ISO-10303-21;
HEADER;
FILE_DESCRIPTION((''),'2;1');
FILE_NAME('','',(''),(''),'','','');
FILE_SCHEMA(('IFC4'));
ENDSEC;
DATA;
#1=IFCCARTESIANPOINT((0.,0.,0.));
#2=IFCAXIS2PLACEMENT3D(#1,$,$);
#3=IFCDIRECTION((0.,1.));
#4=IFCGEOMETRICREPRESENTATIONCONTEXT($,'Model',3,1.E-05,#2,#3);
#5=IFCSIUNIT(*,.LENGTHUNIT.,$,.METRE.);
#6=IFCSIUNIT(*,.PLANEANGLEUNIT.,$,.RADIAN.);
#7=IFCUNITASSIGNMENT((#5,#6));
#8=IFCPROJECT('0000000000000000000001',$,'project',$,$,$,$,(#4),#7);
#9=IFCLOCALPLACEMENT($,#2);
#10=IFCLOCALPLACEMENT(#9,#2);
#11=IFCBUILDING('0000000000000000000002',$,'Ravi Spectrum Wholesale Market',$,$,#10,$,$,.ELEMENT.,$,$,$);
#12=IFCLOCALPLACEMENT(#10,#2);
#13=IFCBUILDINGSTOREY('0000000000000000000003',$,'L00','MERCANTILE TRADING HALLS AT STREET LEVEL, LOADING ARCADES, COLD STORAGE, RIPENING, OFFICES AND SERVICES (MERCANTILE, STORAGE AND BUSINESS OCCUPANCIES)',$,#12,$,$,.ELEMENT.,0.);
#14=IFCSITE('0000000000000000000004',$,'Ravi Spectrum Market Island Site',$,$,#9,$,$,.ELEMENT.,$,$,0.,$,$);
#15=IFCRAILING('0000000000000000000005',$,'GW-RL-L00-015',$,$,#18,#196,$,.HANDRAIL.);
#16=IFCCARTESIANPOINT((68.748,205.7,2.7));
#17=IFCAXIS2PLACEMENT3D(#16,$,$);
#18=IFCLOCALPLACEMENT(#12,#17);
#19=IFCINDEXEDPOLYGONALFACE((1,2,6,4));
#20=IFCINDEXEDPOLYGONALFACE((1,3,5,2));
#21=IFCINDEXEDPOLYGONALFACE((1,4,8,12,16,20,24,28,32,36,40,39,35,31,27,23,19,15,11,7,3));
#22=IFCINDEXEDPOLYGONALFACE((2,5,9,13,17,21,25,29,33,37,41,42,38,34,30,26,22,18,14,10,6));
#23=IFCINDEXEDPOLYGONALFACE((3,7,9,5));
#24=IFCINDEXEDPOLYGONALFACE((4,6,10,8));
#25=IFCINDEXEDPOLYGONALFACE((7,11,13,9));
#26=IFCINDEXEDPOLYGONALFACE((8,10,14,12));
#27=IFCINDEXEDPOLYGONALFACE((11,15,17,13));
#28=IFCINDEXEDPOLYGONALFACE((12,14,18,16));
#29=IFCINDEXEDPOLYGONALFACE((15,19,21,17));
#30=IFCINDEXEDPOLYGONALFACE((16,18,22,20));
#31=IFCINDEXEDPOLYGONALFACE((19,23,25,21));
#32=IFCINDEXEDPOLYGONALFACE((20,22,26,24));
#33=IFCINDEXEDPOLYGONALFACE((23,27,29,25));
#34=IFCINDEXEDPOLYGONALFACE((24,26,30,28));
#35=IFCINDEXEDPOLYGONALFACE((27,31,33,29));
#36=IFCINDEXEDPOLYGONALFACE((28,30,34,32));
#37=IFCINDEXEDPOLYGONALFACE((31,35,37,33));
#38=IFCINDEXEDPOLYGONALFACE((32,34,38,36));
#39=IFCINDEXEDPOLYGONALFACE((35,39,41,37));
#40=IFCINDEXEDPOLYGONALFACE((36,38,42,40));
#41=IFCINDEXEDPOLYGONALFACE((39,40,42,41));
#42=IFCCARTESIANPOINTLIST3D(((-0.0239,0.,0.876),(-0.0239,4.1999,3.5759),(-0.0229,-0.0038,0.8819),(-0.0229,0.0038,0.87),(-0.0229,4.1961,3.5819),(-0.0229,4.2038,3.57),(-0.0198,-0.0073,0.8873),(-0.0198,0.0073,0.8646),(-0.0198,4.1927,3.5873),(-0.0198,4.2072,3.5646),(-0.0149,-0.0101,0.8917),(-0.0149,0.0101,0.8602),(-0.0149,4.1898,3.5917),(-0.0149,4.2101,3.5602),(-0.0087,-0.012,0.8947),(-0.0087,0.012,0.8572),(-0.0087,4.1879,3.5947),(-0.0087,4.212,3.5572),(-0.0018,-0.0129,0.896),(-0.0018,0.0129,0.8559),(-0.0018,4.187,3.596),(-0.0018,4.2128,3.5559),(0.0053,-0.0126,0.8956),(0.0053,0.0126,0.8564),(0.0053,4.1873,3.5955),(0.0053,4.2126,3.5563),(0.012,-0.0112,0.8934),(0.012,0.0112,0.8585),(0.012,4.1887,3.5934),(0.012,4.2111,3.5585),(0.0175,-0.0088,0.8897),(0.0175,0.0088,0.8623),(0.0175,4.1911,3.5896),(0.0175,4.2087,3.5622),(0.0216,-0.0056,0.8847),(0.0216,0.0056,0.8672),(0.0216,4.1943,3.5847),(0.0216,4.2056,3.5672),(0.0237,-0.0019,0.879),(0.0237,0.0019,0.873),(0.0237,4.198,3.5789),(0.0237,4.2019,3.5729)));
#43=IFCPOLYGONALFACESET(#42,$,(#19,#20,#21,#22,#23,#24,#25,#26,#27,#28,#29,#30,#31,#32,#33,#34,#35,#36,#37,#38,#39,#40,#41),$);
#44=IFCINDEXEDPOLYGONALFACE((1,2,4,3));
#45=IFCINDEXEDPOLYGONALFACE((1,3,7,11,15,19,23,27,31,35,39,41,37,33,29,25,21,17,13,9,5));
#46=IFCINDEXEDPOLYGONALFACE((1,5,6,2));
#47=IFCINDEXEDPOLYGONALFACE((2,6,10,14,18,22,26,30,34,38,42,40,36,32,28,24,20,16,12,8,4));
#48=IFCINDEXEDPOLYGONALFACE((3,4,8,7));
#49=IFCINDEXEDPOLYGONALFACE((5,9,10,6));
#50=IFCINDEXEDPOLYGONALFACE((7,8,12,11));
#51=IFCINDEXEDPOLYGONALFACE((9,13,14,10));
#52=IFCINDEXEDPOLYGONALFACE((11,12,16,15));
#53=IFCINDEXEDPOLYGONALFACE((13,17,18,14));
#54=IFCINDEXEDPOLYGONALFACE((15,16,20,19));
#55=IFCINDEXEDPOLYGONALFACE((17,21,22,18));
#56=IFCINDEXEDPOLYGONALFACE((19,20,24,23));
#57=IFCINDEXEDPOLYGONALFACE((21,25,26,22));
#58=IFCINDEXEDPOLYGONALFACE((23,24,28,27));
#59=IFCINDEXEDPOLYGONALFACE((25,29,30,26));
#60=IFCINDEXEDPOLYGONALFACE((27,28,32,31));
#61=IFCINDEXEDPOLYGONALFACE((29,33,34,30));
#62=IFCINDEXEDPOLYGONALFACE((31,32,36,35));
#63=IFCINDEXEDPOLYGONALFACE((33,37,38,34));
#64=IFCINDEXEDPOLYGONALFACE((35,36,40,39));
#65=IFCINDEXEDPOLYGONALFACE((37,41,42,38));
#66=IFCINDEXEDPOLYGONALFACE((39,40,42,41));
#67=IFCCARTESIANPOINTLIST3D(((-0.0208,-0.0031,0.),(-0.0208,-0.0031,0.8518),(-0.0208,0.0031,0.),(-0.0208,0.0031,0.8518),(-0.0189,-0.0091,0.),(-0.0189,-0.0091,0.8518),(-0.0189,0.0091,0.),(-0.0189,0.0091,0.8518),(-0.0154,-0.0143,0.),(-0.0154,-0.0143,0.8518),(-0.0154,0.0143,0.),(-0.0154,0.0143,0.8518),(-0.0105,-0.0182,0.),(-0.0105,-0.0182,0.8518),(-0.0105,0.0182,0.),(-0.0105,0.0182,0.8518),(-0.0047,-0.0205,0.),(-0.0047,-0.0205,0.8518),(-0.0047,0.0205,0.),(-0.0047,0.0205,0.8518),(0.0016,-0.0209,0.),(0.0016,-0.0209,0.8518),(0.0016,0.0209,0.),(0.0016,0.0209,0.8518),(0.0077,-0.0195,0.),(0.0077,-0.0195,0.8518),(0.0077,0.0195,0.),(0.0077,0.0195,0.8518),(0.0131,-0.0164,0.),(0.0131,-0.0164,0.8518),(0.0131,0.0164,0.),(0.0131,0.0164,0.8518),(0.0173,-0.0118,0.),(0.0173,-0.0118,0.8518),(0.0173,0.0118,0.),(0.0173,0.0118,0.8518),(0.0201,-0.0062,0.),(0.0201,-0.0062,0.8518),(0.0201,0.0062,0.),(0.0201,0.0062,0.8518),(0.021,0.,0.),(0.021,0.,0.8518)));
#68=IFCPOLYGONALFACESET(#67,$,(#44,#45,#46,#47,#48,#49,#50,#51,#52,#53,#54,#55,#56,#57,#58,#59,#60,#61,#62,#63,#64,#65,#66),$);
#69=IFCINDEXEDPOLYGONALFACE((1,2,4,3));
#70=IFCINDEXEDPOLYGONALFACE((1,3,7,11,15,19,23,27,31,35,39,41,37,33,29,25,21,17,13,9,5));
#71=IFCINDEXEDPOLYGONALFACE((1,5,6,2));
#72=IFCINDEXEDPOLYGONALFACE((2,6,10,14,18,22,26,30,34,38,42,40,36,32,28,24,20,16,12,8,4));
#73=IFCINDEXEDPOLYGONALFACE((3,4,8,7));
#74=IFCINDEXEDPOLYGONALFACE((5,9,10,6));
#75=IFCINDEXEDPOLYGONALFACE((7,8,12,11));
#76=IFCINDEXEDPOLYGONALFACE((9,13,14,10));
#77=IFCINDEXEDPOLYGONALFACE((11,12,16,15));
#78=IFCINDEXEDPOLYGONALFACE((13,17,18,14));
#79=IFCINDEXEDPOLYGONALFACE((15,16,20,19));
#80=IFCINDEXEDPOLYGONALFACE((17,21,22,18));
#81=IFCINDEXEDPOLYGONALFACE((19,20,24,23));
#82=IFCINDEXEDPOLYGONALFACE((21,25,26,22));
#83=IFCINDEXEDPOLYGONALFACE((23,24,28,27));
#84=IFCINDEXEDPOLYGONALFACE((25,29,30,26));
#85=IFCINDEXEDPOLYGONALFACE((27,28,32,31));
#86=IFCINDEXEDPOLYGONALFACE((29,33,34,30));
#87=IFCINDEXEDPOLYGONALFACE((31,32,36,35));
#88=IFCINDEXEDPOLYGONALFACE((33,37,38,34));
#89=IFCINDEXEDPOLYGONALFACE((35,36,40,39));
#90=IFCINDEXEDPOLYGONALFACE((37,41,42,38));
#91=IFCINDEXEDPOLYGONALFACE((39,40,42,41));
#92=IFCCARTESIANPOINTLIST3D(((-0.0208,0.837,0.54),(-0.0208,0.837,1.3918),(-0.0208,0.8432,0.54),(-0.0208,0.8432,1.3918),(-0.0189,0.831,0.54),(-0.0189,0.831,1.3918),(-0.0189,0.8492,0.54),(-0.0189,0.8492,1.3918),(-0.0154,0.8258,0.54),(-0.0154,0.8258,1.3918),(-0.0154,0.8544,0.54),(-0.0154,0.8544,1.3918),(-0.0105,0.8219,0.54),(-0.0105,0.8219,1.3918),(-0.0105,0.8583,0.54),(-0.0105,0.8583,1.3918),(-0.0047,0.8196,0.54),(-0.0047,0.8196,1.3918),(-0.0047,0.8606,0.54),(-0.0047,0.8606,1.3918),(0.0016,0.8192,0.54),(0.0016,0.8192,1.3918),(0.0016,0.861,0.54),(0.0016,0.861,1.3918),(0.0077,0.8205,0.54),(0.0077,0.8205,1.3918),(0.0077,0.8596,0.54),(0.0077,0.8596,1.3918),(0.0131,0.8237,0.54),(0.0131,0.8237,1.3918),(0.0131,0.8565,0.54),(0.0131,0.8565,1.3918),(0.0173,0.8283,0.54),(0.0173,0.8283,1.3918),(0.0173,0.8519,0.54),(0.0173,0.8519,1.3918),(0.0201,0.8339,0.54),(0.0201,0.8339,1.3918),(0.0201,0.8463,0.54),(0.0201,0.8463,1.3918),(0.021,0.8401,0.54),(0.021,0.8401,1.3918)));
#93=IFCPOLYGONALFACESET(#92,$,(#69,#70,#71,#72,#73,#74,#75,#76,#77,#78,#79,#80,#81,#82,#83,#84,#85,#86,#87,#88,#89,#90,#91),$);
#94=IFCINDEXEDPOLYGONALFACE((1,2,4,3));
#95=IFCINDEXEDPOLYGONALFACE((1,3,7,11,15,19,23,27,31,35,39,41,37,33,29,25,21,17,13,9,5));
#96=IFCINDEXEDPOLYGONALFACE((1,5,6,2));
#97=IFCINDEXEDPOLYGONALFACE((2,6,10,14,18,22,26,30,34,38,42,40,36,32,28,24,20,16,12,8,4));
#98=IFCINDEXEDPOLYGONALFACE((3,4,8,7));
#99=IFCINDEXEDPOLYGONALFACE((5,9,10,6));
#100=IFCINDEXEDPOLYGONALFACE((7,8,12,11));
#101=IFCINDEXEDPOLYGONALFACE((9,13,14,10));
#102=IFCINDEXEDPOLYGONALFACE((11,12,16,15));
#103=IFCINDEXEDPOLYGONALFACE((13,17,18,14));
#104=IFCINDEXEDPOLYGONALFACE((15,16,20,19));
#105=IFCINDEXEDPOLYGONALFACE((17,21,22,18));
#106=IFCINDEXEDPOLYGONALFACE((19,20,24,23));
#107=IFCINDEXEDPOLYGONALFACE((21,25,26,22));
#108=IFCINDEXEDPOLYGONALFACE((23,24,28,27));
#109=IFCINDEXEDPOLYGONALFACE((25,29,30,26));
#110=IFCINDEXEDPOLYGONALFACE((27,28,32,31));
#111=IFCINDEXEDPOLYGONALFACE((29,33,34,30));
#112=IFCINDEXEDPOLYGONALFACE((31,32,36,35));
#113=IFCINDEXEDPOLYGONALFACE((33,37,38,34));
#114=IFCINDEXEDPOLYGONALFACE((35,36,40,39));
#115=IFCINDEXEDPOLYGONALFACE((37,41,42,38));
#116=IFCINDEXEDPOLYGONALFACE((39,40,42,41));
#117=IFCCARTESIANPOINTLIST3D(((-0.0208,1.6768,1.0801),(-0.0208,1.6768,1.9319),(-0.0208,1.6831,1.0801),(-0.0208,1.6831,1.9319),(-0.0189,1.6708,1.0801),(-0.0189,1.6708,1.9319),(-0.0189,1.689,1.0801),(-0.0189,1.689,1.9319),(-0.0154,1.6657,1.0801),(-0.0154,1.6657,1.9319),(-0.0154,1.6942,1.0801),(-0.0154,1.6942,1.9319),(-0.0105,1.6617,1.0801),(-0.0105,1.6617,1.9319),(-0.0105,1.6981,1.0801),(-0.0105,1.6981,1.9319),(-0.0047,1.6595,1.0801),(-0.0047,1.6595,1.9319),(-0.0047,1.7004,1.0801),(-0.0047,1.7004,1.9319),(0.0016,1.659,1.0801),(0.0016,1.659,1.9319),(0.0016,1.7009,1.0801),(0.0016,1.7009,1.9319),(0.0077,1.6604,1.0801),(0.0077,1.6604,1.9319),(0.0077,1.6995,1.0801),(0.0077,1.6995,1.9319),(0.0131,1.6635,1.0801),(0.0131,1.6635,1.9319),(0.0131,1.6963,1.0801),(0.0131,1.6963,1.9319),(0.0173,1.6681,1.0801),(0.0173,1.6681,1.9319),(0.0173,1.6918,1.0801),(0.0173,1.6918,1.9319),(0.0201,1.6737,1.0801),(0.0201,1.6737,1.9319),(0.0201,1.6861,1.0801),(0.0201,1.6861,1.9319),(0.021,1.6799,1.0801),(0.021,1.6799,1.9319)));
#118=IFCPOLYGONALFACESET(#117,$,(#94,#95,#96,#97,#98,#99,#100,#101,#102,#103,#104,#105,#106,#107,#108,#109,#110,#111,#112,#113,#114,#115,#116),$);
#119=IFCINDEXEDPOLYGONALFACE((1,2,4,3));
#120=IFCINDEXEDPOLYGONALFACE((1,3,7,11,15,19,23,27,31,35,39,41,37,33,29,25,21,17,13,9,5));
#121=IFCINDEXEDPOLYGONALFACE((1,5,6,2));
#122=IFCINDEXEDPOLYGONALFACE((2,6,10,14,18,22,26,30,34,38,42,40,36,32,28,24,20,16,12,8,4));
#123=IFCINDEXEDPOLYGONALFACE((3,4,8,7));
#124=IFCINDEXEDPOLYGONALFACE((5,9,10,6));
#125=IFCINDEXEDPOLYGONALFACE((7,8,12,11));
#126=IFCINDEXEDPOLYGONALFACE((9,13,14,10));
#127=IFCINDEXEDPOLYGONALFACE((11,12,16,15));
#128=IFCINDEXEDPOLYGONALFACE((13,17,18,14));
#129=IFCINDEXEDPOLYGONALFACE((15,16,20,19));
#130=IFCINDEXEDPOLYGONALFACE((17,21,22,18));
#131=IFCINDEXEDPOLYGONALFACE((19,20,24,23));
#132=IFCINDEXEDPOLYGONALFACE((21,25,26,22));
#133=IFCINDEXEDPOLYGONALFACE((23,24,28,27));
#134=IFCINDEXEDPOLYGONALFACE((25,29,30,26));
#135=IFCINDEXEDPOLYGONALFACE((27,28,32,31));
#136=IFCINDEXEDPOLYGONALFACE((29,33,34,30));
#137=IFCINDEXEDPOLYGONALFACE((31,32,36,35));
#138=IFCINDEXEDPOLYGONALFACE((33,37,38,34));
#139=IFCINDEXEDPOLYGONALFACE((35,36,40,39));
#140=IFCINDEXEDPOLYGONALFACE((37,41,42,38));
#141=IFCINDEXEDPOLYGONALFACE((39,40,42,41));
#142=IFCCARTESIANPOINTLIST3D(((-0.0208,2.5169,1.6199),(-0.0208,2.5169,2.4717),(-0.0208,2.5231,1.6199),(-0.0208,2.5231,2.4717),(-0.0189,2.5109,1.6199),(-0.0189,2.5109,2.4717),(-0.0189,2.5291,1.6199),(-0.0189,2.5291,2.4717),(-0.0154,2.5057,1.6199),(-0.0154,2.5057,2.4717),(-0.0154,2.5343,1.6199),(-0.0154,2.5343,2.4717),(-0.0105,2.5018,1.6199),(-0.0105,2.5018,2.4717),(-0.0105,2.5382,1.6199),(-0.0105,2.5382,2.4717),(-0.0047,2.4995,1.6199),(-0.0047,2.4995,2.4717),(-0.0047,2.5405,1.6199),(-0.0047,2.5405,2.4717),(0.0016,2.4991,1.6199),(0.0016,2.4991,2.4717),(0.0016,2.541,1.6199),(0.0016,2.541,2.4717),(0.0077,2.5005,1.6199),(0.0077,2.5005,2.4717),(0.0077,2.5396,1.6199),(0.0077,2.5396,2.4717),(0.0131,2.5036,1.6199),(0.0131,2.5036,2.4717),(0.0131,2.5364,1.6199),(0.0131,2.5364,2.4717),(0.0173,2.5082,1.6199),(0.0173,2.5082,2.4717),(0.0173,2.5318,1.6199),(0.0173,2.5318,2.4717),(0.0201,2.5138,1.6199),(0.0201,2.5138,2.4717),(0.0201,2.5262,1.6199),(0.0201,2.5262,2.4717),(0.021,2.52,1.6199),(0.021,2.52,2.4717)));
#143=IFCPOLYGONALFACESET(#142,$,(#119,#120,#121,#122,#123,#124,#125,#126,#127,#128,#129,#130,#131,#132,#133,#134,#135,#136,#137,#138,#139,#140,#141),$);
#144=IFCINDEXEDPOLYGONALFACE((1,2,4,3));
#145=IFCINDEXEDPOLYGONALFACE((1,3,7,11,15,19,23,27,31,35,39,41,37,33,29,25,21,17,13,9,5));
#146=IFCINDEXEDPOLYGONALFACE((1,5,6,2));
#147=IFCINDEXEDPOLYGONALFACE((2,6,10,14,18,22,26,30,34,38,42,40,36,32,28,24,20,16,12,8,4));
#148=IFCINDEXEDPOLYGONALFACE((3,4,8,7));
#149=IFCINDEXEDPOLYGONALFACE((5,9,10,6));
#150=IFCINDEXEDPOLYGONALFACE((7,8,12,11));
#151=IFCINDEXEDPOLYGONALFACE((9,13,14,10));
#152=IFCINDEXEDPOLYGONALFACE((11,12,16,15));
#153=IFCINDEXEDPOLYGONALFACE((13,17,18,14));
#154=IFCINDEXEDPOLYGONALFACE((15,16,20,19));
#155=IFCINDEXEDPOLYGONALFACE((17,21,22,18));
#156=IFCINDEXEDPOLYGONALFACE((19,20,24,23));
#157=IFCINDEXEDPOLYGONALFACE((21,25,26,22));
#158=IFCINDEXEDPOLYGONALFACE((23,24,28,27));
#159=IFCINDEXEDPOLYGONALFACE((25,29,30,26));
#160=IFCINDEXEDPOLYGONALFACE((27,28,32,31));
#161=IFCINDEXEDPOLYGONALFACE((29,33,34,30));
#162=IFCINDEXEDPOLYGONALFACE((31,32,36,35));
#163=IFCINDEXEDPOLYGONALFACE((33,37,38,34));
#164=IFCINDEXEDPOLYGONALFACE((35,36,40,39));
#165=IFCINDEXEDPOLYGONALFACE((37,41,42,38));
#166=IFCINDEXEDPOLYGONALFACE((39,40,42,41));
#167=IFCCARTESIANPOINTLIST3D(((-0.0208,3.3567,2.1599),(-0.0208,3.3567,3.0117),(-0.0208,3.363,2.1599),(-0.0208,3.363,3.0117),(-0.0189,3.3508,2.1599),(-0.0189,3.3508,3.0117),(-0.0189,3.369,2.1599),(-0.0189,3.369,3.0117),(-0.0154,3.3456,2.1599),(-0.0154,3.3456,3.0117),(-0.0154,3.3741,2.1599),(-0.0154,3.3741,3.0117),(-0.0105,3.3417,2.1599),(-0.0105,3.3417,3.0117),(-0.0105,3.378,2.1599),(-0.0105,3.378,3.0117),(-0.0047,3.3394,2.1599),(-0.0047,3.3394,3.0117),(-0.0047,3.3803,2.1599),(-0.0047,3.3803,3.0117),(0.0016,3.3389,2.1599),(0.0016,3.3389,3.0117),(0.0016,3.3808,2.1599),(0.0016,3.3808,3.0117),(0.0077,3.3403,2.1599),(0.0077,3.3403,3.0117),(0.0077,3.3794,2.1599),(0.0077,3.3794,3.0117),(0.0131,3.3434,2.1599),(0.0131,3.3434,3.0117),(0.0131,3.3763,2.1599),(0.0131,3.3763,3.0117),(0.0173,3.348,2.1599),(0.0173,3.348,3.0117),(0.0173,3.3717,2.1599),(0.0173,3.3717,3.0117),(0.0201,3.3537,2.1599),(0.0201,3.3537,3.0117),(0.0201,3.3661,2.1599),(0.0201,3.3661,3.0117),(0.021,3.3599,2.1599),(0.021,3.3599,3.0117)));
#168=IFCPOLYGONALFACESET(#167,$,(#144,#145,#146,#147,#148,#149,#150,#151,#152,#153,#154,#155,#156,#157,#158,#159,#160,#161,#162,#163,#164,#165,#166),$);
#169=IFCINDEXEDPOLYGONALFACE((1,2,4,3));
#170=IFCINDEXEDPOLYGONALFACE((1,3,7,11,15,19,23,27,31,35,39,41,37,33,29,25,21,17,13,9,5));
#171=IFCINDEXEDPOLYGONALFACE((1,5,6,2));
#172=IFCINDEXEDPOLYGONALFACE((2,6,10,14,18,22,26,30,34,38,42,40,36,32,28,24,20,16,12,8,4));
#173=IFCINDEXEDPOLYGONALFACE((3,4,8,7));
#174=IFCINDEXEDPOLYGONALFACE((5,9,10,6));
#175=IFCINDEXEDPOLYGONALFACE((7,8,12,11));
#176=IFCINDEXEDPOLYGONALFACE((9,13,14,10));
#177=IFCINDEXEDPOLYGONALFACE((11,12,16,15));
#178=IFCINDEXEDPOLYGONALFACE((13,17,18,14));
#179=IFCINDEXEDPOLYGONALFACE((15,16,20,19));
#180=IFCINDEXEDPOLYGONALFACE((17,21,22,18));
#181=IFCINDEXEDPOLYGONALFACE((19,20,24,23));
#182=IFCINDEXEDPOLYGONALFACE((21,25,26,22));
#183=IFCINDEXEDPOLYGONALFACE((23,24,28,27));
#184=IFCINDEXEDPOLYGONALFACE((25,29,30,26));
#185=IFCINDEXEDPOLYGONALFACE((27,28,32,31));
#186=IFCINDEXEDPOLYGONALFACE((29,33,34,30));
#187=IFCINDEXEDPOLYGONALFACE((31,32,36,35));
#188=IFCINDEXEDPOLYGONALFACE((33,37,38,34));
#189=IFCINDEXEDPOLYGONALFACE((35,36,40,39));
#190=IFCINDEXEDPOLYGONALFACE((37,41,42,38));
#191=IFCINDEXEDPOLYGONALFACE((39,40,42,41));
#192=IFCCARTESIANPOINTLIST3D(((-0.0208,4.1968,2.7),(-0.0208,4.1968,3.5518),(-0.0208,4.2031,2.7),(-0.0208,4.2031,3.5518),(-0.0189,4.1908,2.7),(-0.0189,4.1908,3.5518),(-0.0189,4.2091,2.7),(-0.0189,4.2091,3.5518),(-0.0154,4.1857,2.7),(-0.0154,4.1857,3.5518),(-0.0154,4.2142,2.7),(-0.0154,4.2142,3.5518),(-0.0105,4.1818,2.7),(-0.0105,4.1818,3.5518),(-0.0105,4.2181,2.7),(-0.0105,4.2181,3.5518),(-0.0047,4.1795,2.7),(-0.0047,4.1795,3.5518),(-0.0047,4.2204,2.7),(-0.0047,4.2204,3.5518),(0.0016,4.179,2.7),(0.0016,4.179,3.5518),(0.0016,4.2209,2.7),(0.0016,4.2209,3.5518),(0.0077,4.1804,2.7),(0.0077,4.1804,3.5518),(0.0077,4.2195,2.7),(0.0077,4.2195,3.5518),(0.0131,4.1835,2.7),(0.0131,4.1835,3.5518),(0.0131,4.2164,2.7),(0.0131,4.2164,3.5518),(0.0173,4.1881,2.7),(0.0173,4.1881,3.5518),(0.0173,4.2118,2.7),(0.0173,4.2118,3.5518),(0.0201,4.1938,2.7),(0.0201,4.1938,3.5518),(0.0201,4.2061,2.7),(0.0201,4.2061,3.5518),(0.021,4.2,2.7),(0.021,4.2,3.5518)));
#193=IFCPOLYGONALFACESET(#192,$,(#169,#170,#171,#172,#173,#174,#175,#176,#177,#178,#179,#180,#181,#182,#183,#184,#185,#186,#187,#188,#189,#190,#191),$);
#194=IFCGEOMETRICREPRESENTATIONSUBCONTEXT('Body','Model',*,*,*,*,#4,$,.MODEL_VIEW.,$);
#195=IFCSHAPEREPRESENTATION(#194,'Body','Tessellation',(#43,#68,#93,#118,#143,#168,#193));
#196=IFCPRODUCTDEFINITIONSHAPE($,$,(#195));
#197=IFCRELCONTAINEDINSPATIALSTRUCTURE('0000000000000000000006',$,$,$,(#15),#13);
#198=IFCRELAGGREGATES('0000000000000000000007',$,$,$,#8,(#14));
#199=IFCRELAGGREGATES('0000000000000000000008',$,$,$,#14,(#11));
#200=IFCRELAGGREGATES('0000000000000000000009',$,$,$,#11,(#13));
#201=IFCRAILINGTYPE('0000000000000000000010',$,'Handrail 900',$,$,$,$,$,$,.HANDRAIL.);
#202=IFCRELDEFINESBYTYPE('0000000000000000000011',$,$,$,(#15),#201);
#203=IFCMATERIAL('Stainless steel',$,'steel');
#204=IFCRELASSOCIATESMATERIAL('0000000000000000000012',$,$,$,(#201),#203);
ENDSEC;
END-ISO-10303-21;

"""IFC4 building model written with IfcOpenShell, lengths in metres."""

from ifc_helpers import new_model, si_unit, direction, frame, origin, origin_2d, place, context, subcontext, project, spatial, circle, extrude, material, type_object, element, save


model = new_model("IFC4")

# Units and contexts
model_context = context("Model", 3, precision=1e-05, world=origin(), true_north=direction((0.0, 1.0)))
body_context = subcontext(model_context, "Body", "Model", "MODEL_VIEW")
ifc_project = project(units=[si_unit("LENGTHUNIT", "METRE"), si_unit("PLANEANGLEUNIT", "RADIAN")], contexts=[model_context])

# Site, building, storey
site_placement = place(None, origin())
site = spatial("IfcSite", under=ifc_project, at=site_placement, Name="Ravi Spectrum Market Island Site", CompositionType="ELEMENT", RefElevation=0.0)
building_placement = place(site_placement, origin())
building = spatial("IfcBuilding", under=site, at=building_placement, Name="Ravi Spectrum Wholesale Market", CompositionType="ELEMENT")
storey_placement = place(building_placement, origin())
storey = spatial("IfcBuildingStorey", under=building, at=storey_placement, Name="L00", Description="MERCANTILE TRADING HALLS AT STREET LEVEL, LOADING ARCADES, COLD STORAGE, RIPENING, OFFICES AND SERVICES (MERCANTILE, STORAGE AND BUSINESS OCCUPANCIES)", CompositionType="ELEMENT", Elevation=0.0)

# Railing
ifc_material_1 = material(Name="Stainless steel", Category="steel")
railing_type = type_object("IfcRailingType", Name="Handrail 900", PredefinedType="HANDRAIL", material=ifc_material_1)
railing_placement = place(storey_placement, frame((68.748, 205.7, 2.7)))
element("IfcRailing", 1, at=railing_placement, inside=storey, type_object=railing_type, Name="GW-RL-L00-015", PredefinedType="HANDRAIL", context=body_context, shape_type="SweptSolid", body=[
    extrude(circle(Radius=0.0239, at=origin_2d()), frame((0.0, 0.0, 0.876), z_axis=(0.0, 0.84118, 0.540755), x_axis=(-1.0, 0.0, 0.0)), (0.0, 0.0, 1.0), 4.9929),
    extrude(circle(Radius=0.021, at=origin_2d()), origin(), (0.0, 0.0, 1.0), 0.8518),
    extrude(circle(Radius=0.021, at=origin_2d()), frame((0.0, 0.8401, 0.54)), (0.0, 0.0, 1.0), 0.8518),
    extrude(circle(Radius=0.021, at=origin_2d()), frame((0.0, 1.6799, 1.0801)), (0.0, 0.0, 1.0), 0.8518),
    extrude(circle(Radius=0.021, at=origin_2d()), frame((0.0, 2.52, 1.6199)), (0.0, 0.0, 1.0), 0.8518),
    extrude(circle(Radius=0.021, at=origin_2d()), frame((0.0, 3.3599, 2.1599)), (0.0, 0.0, 1.0), 0.8518),
    extrude(circle(Radius=0.021, at=origin_2d()), frame((0.0, 4.2, 2.7)), (0.0, 0.0, 1.0), 0.8518),
])

save(model, "model.ifc")
